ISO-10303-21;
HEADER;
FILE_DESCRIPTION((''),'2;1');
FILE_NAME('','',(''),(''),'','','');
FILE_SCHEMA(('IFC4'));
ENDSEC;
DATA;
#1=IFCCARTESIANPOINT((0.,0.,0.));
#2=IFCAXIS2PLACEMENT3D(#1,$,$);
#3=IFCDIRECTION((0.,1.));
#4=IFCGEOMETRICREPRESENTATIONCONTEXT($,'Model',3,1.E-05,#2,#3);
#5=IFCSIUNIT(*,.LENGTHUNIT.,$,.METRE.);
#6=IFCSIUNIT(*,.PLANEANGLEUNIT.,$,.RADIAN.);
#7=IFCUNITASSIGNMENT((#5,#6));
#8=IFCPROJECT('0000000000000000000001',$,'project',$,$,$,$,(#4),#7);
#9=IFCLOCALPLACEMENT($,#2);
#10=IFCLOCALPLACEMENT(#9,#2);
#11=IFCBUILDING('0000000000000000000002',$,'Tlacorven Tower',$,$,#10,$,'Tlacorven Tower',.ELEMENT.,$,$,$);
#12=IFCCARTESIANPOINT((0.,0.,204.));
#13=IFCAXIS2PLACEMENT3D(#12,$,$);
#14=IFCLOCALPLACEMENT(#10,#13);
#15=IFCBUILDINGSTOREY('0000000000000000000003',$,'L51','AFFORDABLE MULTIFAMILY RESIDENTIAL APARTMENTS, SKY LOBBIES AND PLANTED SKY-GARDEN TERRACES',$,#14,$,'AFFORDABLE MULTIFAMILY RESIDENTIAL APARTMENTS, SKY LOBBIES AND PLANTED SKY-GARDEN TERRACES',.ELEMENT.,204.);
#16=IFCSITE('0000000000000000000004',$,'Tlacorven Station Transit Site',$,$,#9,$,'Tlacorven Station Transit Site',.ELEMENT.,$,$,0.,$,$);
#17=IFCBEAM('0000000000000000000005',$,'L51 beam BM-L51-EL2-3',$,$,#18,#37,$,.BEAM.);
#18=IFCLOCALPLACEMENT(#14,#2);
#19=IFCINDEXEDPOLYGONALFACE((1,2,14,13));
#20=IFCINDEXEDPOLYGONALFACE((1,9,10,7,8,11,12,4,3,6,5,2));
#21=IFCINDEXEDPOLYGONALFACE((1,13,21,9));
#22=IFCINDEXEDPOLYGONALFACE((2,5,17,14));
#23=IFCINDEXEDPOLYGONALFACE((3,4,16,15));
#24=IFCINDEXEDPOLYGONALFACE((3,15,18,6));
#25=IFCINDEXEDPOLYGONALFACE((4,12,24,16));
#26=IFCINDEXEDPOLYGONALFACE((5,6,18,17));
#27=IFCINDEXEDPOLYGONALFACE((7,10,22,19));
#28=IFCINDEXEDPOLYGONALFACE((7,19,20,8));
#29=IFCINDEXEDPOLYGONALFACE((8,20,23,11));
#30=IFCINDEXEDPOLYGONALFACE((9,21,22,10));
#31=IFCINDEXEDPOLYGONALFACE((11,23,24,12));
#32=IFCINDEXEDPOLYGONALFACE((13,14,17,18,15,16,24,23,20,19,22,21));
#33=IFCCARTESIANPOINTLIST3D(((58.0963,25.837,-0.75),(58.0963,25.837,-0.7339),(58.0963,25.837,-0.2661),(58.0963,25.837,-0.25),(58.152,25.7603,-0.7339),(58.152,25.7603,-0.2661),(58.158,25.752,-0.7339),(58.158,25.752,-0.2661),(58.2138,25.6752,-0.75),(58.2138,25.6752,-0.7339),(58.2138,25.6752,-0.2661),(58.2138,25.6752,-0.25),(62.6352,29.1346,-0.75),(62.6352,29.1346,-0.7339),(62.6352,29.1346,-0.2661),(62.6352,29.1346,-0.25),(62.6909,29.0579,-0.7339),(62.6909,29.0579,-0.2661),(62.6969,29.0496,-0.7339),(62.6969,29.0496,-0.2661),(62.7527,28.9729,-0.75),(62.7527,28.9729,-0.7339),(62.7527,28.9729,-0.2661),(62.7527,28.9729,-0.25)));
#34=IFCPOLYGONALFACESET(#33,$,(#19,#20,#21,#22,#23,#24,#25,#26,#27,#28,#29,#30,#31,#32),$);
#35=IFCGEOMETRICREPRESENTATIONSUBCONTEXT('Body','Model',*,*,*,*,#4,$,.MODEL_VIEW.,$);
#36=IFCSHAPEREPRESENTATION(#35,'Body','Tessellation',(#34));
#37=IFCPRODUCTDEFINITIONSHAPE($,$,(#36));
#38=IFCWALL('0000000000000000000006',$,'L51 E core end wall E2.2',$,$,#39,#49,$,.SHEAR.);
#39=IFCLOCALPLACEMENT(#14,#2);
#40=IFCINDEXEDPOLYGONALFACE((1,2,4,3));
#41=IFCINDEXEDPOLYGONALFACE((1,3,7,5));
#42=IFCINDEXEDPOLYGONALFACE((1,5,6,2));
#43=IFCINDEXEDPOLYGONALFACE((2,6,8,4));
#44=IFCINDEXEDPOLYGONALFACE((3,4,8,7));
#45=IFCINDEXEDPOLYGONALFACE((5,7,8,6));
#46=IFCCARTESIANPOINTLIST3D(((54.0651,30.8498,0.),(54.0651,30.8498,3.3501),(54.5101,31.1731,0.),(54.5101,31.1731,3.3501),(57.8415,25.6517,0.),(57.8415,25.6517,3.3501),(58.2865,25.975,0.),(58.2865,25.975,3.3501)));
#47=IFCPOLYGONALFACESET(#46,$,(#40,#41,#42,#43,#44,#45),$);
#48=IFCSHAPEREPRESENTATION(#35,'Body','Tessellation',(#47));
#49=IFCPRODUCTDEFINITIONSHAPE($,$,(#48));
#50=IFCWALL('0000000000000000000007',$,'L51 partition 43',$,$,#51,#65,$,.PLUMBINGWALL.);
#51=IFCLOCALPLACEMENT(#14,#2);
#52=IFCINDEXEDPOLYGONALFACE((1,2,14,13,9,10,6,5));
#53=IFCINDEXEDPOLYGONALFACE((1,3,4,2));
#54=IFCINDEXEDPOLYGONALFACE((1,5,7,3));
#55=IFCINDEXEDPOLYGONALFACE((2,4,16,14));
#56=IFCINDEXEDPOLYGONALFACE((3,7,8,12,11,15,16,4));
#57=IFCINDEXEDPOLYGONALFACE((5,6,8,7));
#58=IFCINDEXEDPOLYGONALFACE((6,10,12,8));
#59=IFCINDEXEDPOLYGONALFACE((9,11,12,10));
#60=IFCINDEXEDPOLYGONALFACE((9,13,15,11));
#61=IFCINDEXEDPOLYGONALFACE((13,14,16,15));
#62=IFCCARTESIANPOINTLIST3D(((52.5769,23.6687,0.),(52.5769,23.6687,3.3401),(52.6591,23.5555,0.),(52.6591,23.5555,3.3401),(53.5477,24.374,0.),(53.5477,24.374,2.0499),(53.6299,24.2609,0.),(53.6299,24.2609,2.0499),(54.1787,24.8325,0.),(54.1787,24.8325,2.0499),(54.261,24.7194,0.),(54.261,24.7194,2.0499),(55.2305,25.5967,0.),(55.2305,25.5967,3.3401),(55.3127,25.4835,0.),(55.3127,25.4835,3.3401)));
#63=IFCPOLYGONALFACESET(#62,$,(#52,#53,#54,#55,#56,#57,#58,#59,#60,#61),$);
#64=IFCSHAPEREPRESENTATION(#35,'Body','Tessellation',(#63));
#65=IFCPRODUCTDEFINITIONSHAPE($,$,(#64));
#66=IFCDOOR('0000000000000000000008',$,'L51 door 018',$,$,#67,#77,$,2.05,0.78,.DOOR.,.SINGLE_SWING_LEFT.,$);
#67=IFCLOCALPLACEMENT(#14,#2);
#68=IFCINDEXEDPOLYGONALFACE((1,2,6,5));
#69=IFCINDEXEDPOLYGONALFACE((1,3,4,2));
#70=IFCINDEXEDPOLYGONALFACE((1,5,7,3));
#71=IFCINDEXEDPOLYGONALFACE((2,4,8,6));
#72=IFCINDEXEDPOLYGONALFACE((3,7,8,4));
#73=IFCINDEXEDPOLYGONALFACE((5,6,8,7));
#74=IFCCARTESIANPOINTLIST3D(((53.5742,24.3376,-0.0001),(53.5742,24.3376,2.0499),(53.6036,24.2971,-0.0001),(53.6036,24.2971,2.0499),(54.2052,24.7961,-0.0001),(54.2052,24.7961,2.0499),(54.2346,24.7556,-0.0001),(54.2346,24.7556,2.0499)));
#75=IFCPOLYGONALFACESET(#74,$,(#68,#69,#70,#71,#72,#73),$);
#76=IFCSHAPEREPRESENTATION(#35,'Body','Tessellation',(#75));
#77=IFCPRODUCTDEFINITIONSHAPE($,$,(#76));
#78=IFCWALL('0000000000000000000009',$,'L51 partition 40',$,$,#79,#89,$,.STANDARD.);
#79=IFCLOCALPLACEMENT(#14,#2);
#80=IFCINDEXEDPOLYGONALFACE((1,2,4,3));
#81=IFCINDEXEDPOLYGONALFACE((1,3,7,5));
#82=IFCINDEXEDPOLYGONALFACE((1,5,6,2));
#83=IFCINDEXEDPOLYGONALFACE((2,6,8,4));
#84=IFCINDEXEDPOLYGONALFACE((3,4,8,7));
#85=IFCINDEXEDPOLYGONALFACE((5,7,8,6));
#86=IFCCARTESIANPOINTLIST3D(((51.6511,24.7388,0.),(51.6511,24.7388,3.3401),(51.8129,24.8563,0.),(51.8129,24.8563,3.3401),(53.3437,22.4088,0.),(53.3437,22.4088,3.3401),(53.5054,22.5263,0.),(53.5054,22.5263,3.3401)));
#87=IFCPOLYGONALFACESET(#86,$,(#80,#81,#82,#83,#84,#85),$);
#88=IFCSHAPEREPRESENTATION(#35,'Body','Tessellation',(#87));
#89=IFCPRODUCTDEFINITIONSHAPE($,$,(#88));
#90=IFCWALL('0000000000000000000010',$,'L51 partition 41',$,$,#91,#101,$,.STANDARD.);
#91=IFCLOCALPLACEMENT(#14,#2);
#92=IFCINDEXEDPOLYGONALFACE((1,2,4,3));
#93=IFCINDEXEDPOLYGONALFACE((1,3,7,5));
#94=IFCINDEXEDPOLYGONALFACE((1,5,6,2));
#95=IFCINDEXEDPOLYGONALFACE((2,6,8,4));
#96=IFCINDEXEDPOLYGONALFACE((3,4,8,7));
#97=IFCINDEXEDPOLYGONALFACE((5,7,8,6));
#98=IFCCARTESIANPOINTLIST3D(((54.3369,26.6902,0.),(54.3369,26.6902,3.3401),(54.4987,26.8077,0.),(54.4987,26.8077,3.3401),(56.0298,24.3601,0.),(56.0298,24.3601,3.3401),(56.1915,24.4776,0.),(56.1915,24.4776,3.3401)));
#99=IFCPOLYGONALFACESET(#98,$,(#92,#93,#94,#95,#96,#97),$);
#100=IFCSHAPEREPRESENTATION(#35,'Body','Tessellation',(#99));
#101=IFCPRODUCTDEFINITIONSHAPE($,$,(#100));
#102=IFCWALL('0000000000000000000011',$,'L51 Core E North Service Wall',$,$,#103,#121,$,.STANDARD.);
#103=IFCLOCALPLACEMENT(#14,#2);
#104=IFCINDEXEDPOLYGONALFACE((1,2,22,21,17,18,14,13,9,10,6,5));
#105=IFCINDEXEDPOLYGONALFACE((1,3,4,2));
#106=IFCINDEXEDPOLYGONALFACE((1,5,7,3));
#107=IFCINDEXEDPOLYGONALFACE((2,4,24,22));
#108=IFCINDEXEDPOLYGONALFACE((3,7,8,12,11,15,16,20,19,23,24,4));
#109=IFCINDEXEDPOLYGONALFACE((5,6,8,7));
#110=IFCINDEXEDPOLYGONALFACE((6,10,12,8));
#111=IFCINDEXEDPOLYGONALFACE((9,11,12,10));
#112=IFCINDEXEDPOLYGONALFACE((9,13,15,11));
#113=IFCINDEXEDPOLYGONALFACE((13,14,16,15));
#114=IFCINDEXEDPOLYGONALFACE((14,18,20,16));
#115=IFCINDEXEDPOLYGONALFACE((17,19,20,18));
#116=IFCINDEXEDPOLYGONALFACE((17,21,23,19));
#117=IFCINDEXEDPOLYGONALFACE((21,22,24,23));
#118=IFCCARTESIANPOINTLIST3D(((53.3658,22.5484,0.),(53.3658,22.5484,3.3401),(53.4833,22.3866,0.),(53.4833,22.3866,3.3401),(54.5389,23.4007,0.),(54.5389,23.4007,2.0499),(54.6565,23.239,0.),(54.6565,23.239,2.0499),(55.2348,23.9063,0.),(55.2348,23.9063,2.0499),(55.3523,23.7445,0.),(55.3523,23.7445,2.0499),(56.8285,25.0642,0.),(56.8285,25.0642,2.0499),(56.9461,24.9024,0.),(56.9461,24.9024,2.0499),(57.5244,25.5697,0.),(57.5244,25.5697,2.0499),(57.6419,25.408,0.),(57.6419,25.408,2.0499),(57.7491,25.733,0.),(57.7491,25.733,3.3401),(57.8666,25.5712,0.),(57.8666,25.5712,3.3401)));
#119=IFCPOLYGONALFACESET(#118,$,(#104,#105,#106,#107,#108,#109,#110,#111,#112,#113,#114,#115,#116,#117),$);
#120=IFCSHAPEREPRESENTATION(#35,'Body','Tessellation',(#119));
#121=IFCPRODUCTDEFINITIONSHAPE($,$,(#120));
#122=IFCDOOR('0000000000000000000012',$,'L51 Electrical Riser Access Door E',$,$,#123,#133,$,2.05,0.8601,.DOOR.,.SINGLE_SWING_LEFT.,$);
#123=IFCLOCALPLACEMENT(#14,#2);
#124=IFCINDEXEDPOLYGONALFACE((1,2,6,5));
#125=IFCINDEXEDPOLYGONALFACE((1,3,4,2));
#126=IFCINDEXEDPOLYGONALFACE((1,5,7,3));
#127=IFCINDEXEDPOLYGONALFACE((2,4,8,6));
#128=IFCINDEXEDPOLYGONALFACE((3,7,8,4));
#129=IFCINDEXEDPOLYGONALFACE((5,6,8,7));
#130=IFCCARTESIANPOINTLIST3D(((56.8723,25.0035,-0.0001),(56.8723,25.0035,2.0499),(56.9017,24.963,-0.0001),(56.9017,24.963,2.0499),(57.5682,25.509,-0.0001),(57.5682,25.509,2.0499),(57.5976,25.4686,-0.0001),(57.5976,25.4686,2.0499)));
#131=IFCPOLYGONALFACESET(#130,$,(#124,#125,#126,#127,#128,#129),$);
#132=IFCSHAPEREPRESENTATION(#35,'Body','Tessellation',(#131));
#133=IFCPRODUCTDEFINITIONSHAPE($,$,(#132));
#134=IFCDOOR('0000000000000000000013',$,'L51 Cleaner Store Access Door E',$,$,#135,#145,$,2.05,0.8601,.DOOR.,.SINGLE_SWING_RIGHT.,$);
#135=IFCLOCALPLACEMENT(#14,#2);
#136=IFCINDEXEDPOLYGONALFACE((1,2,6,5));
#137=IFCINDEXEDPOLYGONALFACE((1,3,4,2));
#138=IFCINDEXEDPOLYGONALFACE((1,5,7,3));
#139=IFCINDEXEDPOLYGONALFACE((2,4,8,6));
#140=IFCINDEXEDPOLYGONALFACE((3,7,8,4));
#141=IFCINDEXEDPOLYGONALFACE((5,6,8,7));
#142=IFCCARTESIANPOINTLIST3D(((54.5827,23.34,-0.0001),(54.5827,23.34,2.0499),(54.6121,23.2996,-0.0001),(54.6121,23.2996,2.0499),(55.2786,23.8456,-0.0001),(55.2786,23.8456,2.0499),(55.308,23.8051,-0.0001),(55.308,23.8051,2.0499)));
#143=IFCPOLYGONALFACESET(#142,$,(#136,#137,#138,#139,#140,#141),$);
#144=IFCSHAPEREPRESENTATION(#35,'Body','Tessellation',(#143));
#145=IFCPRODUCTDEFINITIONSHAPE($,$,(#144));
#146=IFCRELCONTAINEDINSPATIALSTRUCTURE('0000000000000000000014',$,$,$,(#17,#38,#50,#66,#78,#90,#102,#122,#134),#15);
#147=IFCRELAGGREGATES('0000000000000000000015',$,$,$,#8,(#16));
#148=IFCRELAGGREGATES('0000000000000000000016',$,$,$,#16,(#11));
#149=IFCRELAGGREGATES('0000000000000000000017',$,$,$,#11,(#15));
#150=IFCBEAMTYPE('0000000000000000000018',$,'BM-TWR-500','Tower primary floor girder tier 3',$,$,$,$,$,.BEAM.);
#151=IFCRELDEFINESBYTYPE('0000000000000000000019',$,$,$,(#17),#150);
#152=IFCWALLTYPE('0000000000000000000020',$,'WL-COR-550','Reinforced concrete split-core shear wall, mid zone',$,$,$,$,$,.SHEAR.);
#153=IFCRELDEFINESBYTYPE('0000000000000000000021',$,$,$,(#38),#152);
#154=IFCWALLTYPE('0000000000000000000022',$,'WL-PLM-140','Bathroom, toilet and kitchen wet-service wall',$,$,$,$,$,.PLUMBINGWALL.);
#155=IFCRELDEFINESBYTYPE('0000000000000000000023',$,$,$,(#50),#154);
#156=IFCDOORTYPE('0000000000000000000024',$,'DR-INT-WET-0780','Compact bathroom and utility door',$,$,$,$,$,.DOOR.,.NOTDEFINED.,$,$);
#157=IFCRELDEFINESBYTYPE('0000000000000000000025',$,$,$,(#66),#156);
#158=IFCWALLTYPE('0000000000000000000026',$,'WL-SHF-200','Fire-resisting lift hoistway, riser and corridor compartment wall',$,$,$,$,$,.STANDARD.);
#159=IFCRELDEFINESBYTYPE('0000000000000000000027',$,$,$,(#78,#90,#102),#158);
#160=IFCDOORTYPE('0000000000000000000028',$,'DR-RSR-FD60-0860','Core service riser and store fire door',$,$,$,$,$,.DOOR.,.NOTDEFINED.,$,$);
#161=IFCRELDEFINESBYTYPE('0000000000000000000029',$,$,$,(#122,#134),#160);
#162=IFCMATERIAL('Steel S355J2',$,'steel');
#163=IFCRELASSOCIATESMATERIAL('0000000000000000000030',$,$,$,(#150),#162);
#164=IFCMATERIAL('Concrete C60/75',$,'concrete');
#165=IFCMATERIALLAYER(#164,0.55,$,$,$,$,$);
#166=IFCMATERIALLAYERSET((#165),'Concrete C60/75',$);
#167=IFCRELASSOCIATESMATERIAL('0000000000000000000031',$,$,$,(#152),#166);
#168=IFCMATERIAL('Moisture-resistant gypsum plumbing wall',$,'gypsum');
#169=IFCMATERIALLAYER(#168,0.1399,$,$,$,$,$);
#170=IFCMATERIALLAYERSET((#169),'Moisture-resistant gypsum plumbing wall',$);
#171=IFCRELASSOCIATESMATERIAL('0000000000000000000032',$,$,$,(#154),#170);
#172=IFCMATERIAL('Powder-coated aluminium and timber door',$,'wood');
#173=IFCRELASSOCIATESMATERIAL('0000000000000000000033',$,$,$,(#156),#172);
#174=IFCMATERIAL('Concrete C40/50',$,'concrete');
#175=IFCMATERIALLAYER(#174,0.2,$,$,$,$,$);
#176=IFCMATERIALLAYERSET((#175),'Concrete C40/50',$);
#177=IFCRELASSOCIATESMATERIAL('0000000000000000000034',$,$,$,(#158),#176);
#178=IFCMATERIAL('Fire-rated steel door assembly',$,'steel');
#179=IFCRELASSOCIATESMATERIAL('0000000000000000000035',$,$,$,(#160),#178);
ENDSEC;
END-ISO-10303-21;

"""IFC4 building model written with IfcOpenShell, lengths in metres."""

from ifc_helpers import new_model, si_unit, direction, frame, frame_2d, origin, origin_2d, place, context, subcontext, project, spatial, rectangle, i_section, extrude, source, transform, mapped, material, layer, layer_set, material_profile, profile_set, type_object, element, fill, save


model = new_model("IFC4")

# Units and contexts
model_context = context("Model", 3, precision=1e-05, world=origin(), true_north=direction((0.0, 1.0)))
body_context = subcontext(model_context, "Body", "Model", "MODEL_VIEW")
ifc_project = project(units=[si_unit("LENGTHUNIT", "METRE"), si_unit("PLANEANGLEUNIT", "RADIAN")], contexts=[model_context])

# Site, building, storey
site_placement = place(None, origin())
site = spatial("IfcSite", under=ifc_project, at=site_placement, Name="Tlacorven Station Transit Site", LongName="Tlacorven Station Transit Site", CompositionType="ELEMENT", RefElevation=0.0)
building_placement = place(site_placement, origin())
building = spatial("IfcBuilding", under=site, at=building_placement, Name="Tlacorven Tower", LongName="Tlacorven Tower", CompositionType="ELEMENT")
storey_placement = place(building_placement, frame((0.0, 0.0, 204.0)))
storey = spatial("IfcBuildingStorey", under=building, at=storey_placement, Name="L51", Description="AFFORDABLE MULTIFAMILY RESIDENTIAL APARTMENTS, SKY LOBBIES AND PLANTED SKY-GARDEN TERRACES", LongName="AFFORDABLE MULTIFAMILY RESIDENTIAL APARTMENTS, SKY LOBBIES AND PLANTED SKY-GARDEN TERRACES", CompositionType="ELEMENT", Elevation=204.0)

# Beam
ifc_material_1 = material(Name="Steel S355J2", Category="steel")
ifc_material_profile = material_profile(ifc_material_1, i_section(OverallWidth=0.2, OverallDepth=0.5, WebThickness=0.0103, FlangeThickness=0.0161, at=origin_2d()), Name="IPE 500")
ifc_profile_set = profile_set([ifc_material_profile], Name="Steel S355J2")
beam_type = type_object("IfcBeamType", Name="BM-TWR-500", Description="Tower primary floor girder tier 3", PredefinedType="BEAM", material=ifc_profile_set)
shared_shape_1 = source(origin(), body_context, "Body", "SweptSolid", [
    extrude(i_section(OverallWidth=0.2, OverallDepth=0.5, WebThickness=0.0103, FlangeThickness=0.0161, at=origin_2d()), origin(), (0.0, 0.0, 1.0), 5.6104),
])
beam_placement = place(storey_placement, frame((58.155, 25.7561, -0.5), z_axis=(0.80902, 0.587781, 0.0), x_axis=(-0.587781, 0.80902, 0.0)))
element("IfcBeam", 1, at=beam_placement, inside=storey, type_object=beam_type, Name="L51 beam BM-L51-EL2-3", PredefinedType="BEAM", context=body_context, shape_type="MappedRepresentation", body=[
    mapped(shared_shape_1, transform((0.0, 0.0, 0.0), scale=1.0)),
])

# Wall
ifc_material_2 = material(Name="Concrete C60/75", Category="concrete")
ifc_layer_1 = layer(ifc_material_2, 0.55)
ifc_layer_set_1 = layer_set([ifc_layer_1], Name="Concrete C60/75")
wall_type_1 = type_object("IfcWallType", Name="WL-COR-550", Description="Reinforced concrete split-core shear wall, mid zone", PredefinedType="SHEAR", material=ifc_layer_set_1)
wall_1_placement = place(storey_placement, frame((58.064, 25.8135, 0.0), z_axis=(0.0, 0.0, 1.0), x_axis=(-0.587765, 0.809032, 0.0)))
element("IfcWall", 2, at=wall_1_placement, inside=storey, type_object=wall_type_1, Name="L51 E core end wall E2.2", PredefinedType="SHEAR", context=body_context, shape_type="SweptSolid", body=[
    extrude(rectangle(XDim=6.425, YDim=0.55, at=frame_2d((3.2124, 0.0))), origin(), (0.0, 0.0, 1.0), 3.3501),
])

# Wall, opening, door
ifc_material_3 = material(Name="Moisture-resistant gypsum plumbing wall", Category="gypsum")
ifc_layer_2 = layer(ifc_material_3, 0.1399)
ifc_layer_set_2 = layer_set([ifc_layer_2], Name="Moisture-resistant gypsum plumbing wall")
wall_type_2 = type_object("IfcWallType", Name="WL-PLM-140", Description="Bathroom, toilet and kitchen wet-service wall", PredefinedType="PLUMBINGWALL", material=ifc_layer_set_2)
wall_2_placement = place(storey_placement, frame((52.6179, 23.6121, 0.0), z_axis=(0.0, 0.0, 1.0), x_axis=(0.80901, 0.587795, 0.0)))
wall_2 = element("IfcWall", 3, at=wall_2_placement, inside=storey, type_object=wall_type_2, Name="L51 partition 43", PredefinedType="PLUMBINGWALL", context=body_context, shape_type="SweptSolid", body=[
    extrude(rectangle(XDim=3.28, YDim=0.1399, at=frame_2d((1.6401, 0.0))), origin(), (0.0, 0.0, 1.0), 3.3401),
])
opening_1_placement = place(wall_2_placement, frame((1.2, 0.0, 0.0)))
opening_1 = element("IfcOpeningElement", 4, at=opening_1_placement, cuts=wall_2, PredefinedType="OPENING", context=body_context, shape_type="SweptSolid", body=[
    extrude(rectangle(XDim=0.78, YDim=2.05, at=frame_2d((0.3901, 1.0249))), frame((0.0, 0.0801, 0.0), z_axis=(0.0, -1.0, 0.0), x_axis=(1.0, 0.0, 0.0)), (0.0, 0.0, 1.0), 0.1599),
])
ifc_material_4 = material(Name="Powder-coated aluminium and timber door", Category="wood")
door_type_1 = type_object("IfcDoorType", Name="DR-INT-WET-0780", Description="Compact bathroom and utility door", OperationType="NOTDEFINED", PredefinedType="DOOR", material=ifc_material_4)
shared_shape_2 = source(origin(), body_context, "Body", "SweptSolid", [
    extrude(rectangle(XDim=0.78, YDim=2.05, at=frame_2d((0.3901, 1.0249))), frame((0.0, 0.0249, 0.0), z_axis=(0.0, -1.0, 0.0), x_axis=(1.0, 0.0, 0.0)), (0.0, 0.0, 1.0), 0.05),
])
door_1_placement = place(opening_1_placement, origin())
door_1 = element("IfcDoor", 5, at=door_1_placement, inside=storey, type_object=door_type_1, Name="L51 door 018", OperationType="SINGLE_SWING_LEFT", OverallHeight=2.05, OverallWidth=0.78, PredefinedType="DOOR", context=body_context, shape_type="MappedRepresentation", body=[
    mapped(shared_shape_2, transform((0.0, 0.0, 0.0), scale=1.0)),
])
fill(opening_1, door_1)

# Walls
ifc_material_5 = material(Name="Concrete C40/50", Category="concrete")
ifc_layer_3 = layer(ifc_material_5, 0.2)
ifc_layer_set_3 = layer_set([ifc_layer_3], Name="Concrete C40/50")
wall_type_3 = type_object("IfcWallType", Name="WL-SHF-200", Description="Fire-resisting lift hoistway, riser and corridor compartment wall", PredefinedType="STANDARD", material=ifc_layer_set_3)
wall_3_placement = place(storey_placement, frame((53.4246, 22.4675, 0.0), z_axis=(0.0, 0.0, 1.0), x_axis=(-0.587723, 0.809062, 0.0)))
element("IfcWall", 6, at=wall_3_placement, inside=storey, type_object=wall_type_3, Name="L51 partition 40", PredefinedType="STANDARD", context=body_context, shape_type="SweptSolid", body=[
    extrude(rectangle(XDim=2.8799, YDim=0.2, at=frame_2d((1.4399, 0.0))), origin(), (0.0, 0.0, 1.0), 3.3401),
])
wall_4_placement = place(storey_placement, frame((56.1106, 24.4189, 0.0), z_axis=(0.0, 0.0, 1.0), x_axis=(-0.587778, 0.809022, 0.0)))
element("IfcWall", 7, at=wall_4_placement, inside=storey, type_object=wall_type_3, Name="L51 partition 41", PredefinedType="STANDARD", context=body_context, shape_type="SweptSolid", body=[
    extrude(rectangle(XDim=2.8801, YDim=0.2, at=frame_2d((1.4399, 0.0))), origin(), (0.0, 0.0, 1.0), 3.3401),
])

# Wall, openings, doors
wall_5_placement = place(storey_placement, frame((53.4246, 22.4675, 0.0), z_axis=(0.0, 0.0, 1.0), x_axis=(0.809024, 0.587775, 0.0)))
wall_5 = element("IfcWall", 8, at=wall_5_placement, inside=storey, type_object=wall_type_3, Name="L51 Core E North Service Wall", PredefinedType="STANDARD", context=body_context, shape_type="SweptSolid", body=[
    extrude(rectangle(XDim=5.418, YDim=0.2, at=frame_2d((2.709, 0.0))), origin(), (0.0, 0.0, 1.0), 3.3401),
])
opening_2_placement = place(wall_5_placement, frame((4.28, 0.0, 0.0)))
opening_2 = element("IfcOpeningElement", 9, at=opening_2_placement, cuts=wall_5, PredefinedType="OPENING", context=body_context, shape_type="SweptSolid", body=[
    extrude(rectangle(XDim=0.8601, YDim=2.05, at=frame_2d((0.4302, 1.0249))), frame((0.0, 0.1099, 0.0), z_axis=(0.0, -1.0, 0.0), x_axis=(1.0, 0.0, 0.0)), (0.0, 0.0, 1.0), 0.22),
])
opening_3_placement = place(wall_5_placement, frame((1.45, 0.0, 0.0)))
opening_3 = element("IfcOpeningElement", 10, at=opening_3_placement, cuts=wall_5, PredefinedType="OPENING", context=body_context, shape_type="SweptSolid", body=[
    extrude(rectangle(XDim=0.8601, YDim=2.05, at=frame_2d((0.4302, 1.0249))), frame((0.0, 0.1099, 0.0), z_axis=(0.0, -1.0, 0.0), x_axis=(1.0, 0.0, 0.0)), (0.0, 0.0, 1.0), 0.22),
])
ifc_material_6 = material(Name="Fire-rated steel door assembly", Category="steel")
door_type_2 = type_object("IfcDoorType", Name="DR-RSR-FD60-0860", Description="Core service riser and store fire door", OperationType="NOTDEFINED", PredefinedType="DOOR", material=ifc_material_6)
shared_shape_3 = source(origin(), body_context, "Body", "SweptSolid", [
    extrude(rectangle(XDim=0.8601, YDim=2.05, at=frame_2d((0.4302, 1.0249))), frame((0.0, 0.0249, 0.0), z_axis=(0.0, -1.0, 0.0), x_axis=(1.0, 0.0, 0.0)), (0.0, 0.0, 1.0), 0.05),
])
door_2_placement = place(opening_2_placement, frame((0.8601, 0.0, 0.0), z_axis=(0.0, 0.0, 1.0), x_axis=(-1.0, 0.0, 0.0)))
door_2 = element("IfcDoor", 11, at=door_2_placement, inside=storey, type_object=door_type_2, Name="L51 Electrical Riser Access Door E", OperationType="SINGLE_SWING_LEFT", OverallHeight=2.05, OverallWidth=0.8601, PredefinedType="DOOR", context=body_context, shape_type="MappedRepresentation", body=[
    mapped(shared_shape_3, transform((0.0, 0.0, 0.0), scale=1.0)),
])
fill(opening_2, door_2)
door_3_placement = place(opening_3_placement, frame((0.8601, 0.0, 0.0), z_axis=(0.0, 0.0, 1.0), x_axis=(-1.0, 0.0, 0.0)))
door_3 = element("IfcDoor", 12, at=door_3_placement, inside=storey, type_object=door_type_2, Name="L51 Cleaner Store Access Door E", OperationType="SINGLE_SWING_RIGHT", OverallHeight=2.05, OverallWidth=0.8601, PredefinedType="DOOR", context=body_context, shape_type="MappedRepresentation", body=[
    mapped(shared_shape_3, transform((0.0, 0.0, 0.0), scale=1.0)),
])
fill(opening_3, door_3)

save(model, "model.ifc")
